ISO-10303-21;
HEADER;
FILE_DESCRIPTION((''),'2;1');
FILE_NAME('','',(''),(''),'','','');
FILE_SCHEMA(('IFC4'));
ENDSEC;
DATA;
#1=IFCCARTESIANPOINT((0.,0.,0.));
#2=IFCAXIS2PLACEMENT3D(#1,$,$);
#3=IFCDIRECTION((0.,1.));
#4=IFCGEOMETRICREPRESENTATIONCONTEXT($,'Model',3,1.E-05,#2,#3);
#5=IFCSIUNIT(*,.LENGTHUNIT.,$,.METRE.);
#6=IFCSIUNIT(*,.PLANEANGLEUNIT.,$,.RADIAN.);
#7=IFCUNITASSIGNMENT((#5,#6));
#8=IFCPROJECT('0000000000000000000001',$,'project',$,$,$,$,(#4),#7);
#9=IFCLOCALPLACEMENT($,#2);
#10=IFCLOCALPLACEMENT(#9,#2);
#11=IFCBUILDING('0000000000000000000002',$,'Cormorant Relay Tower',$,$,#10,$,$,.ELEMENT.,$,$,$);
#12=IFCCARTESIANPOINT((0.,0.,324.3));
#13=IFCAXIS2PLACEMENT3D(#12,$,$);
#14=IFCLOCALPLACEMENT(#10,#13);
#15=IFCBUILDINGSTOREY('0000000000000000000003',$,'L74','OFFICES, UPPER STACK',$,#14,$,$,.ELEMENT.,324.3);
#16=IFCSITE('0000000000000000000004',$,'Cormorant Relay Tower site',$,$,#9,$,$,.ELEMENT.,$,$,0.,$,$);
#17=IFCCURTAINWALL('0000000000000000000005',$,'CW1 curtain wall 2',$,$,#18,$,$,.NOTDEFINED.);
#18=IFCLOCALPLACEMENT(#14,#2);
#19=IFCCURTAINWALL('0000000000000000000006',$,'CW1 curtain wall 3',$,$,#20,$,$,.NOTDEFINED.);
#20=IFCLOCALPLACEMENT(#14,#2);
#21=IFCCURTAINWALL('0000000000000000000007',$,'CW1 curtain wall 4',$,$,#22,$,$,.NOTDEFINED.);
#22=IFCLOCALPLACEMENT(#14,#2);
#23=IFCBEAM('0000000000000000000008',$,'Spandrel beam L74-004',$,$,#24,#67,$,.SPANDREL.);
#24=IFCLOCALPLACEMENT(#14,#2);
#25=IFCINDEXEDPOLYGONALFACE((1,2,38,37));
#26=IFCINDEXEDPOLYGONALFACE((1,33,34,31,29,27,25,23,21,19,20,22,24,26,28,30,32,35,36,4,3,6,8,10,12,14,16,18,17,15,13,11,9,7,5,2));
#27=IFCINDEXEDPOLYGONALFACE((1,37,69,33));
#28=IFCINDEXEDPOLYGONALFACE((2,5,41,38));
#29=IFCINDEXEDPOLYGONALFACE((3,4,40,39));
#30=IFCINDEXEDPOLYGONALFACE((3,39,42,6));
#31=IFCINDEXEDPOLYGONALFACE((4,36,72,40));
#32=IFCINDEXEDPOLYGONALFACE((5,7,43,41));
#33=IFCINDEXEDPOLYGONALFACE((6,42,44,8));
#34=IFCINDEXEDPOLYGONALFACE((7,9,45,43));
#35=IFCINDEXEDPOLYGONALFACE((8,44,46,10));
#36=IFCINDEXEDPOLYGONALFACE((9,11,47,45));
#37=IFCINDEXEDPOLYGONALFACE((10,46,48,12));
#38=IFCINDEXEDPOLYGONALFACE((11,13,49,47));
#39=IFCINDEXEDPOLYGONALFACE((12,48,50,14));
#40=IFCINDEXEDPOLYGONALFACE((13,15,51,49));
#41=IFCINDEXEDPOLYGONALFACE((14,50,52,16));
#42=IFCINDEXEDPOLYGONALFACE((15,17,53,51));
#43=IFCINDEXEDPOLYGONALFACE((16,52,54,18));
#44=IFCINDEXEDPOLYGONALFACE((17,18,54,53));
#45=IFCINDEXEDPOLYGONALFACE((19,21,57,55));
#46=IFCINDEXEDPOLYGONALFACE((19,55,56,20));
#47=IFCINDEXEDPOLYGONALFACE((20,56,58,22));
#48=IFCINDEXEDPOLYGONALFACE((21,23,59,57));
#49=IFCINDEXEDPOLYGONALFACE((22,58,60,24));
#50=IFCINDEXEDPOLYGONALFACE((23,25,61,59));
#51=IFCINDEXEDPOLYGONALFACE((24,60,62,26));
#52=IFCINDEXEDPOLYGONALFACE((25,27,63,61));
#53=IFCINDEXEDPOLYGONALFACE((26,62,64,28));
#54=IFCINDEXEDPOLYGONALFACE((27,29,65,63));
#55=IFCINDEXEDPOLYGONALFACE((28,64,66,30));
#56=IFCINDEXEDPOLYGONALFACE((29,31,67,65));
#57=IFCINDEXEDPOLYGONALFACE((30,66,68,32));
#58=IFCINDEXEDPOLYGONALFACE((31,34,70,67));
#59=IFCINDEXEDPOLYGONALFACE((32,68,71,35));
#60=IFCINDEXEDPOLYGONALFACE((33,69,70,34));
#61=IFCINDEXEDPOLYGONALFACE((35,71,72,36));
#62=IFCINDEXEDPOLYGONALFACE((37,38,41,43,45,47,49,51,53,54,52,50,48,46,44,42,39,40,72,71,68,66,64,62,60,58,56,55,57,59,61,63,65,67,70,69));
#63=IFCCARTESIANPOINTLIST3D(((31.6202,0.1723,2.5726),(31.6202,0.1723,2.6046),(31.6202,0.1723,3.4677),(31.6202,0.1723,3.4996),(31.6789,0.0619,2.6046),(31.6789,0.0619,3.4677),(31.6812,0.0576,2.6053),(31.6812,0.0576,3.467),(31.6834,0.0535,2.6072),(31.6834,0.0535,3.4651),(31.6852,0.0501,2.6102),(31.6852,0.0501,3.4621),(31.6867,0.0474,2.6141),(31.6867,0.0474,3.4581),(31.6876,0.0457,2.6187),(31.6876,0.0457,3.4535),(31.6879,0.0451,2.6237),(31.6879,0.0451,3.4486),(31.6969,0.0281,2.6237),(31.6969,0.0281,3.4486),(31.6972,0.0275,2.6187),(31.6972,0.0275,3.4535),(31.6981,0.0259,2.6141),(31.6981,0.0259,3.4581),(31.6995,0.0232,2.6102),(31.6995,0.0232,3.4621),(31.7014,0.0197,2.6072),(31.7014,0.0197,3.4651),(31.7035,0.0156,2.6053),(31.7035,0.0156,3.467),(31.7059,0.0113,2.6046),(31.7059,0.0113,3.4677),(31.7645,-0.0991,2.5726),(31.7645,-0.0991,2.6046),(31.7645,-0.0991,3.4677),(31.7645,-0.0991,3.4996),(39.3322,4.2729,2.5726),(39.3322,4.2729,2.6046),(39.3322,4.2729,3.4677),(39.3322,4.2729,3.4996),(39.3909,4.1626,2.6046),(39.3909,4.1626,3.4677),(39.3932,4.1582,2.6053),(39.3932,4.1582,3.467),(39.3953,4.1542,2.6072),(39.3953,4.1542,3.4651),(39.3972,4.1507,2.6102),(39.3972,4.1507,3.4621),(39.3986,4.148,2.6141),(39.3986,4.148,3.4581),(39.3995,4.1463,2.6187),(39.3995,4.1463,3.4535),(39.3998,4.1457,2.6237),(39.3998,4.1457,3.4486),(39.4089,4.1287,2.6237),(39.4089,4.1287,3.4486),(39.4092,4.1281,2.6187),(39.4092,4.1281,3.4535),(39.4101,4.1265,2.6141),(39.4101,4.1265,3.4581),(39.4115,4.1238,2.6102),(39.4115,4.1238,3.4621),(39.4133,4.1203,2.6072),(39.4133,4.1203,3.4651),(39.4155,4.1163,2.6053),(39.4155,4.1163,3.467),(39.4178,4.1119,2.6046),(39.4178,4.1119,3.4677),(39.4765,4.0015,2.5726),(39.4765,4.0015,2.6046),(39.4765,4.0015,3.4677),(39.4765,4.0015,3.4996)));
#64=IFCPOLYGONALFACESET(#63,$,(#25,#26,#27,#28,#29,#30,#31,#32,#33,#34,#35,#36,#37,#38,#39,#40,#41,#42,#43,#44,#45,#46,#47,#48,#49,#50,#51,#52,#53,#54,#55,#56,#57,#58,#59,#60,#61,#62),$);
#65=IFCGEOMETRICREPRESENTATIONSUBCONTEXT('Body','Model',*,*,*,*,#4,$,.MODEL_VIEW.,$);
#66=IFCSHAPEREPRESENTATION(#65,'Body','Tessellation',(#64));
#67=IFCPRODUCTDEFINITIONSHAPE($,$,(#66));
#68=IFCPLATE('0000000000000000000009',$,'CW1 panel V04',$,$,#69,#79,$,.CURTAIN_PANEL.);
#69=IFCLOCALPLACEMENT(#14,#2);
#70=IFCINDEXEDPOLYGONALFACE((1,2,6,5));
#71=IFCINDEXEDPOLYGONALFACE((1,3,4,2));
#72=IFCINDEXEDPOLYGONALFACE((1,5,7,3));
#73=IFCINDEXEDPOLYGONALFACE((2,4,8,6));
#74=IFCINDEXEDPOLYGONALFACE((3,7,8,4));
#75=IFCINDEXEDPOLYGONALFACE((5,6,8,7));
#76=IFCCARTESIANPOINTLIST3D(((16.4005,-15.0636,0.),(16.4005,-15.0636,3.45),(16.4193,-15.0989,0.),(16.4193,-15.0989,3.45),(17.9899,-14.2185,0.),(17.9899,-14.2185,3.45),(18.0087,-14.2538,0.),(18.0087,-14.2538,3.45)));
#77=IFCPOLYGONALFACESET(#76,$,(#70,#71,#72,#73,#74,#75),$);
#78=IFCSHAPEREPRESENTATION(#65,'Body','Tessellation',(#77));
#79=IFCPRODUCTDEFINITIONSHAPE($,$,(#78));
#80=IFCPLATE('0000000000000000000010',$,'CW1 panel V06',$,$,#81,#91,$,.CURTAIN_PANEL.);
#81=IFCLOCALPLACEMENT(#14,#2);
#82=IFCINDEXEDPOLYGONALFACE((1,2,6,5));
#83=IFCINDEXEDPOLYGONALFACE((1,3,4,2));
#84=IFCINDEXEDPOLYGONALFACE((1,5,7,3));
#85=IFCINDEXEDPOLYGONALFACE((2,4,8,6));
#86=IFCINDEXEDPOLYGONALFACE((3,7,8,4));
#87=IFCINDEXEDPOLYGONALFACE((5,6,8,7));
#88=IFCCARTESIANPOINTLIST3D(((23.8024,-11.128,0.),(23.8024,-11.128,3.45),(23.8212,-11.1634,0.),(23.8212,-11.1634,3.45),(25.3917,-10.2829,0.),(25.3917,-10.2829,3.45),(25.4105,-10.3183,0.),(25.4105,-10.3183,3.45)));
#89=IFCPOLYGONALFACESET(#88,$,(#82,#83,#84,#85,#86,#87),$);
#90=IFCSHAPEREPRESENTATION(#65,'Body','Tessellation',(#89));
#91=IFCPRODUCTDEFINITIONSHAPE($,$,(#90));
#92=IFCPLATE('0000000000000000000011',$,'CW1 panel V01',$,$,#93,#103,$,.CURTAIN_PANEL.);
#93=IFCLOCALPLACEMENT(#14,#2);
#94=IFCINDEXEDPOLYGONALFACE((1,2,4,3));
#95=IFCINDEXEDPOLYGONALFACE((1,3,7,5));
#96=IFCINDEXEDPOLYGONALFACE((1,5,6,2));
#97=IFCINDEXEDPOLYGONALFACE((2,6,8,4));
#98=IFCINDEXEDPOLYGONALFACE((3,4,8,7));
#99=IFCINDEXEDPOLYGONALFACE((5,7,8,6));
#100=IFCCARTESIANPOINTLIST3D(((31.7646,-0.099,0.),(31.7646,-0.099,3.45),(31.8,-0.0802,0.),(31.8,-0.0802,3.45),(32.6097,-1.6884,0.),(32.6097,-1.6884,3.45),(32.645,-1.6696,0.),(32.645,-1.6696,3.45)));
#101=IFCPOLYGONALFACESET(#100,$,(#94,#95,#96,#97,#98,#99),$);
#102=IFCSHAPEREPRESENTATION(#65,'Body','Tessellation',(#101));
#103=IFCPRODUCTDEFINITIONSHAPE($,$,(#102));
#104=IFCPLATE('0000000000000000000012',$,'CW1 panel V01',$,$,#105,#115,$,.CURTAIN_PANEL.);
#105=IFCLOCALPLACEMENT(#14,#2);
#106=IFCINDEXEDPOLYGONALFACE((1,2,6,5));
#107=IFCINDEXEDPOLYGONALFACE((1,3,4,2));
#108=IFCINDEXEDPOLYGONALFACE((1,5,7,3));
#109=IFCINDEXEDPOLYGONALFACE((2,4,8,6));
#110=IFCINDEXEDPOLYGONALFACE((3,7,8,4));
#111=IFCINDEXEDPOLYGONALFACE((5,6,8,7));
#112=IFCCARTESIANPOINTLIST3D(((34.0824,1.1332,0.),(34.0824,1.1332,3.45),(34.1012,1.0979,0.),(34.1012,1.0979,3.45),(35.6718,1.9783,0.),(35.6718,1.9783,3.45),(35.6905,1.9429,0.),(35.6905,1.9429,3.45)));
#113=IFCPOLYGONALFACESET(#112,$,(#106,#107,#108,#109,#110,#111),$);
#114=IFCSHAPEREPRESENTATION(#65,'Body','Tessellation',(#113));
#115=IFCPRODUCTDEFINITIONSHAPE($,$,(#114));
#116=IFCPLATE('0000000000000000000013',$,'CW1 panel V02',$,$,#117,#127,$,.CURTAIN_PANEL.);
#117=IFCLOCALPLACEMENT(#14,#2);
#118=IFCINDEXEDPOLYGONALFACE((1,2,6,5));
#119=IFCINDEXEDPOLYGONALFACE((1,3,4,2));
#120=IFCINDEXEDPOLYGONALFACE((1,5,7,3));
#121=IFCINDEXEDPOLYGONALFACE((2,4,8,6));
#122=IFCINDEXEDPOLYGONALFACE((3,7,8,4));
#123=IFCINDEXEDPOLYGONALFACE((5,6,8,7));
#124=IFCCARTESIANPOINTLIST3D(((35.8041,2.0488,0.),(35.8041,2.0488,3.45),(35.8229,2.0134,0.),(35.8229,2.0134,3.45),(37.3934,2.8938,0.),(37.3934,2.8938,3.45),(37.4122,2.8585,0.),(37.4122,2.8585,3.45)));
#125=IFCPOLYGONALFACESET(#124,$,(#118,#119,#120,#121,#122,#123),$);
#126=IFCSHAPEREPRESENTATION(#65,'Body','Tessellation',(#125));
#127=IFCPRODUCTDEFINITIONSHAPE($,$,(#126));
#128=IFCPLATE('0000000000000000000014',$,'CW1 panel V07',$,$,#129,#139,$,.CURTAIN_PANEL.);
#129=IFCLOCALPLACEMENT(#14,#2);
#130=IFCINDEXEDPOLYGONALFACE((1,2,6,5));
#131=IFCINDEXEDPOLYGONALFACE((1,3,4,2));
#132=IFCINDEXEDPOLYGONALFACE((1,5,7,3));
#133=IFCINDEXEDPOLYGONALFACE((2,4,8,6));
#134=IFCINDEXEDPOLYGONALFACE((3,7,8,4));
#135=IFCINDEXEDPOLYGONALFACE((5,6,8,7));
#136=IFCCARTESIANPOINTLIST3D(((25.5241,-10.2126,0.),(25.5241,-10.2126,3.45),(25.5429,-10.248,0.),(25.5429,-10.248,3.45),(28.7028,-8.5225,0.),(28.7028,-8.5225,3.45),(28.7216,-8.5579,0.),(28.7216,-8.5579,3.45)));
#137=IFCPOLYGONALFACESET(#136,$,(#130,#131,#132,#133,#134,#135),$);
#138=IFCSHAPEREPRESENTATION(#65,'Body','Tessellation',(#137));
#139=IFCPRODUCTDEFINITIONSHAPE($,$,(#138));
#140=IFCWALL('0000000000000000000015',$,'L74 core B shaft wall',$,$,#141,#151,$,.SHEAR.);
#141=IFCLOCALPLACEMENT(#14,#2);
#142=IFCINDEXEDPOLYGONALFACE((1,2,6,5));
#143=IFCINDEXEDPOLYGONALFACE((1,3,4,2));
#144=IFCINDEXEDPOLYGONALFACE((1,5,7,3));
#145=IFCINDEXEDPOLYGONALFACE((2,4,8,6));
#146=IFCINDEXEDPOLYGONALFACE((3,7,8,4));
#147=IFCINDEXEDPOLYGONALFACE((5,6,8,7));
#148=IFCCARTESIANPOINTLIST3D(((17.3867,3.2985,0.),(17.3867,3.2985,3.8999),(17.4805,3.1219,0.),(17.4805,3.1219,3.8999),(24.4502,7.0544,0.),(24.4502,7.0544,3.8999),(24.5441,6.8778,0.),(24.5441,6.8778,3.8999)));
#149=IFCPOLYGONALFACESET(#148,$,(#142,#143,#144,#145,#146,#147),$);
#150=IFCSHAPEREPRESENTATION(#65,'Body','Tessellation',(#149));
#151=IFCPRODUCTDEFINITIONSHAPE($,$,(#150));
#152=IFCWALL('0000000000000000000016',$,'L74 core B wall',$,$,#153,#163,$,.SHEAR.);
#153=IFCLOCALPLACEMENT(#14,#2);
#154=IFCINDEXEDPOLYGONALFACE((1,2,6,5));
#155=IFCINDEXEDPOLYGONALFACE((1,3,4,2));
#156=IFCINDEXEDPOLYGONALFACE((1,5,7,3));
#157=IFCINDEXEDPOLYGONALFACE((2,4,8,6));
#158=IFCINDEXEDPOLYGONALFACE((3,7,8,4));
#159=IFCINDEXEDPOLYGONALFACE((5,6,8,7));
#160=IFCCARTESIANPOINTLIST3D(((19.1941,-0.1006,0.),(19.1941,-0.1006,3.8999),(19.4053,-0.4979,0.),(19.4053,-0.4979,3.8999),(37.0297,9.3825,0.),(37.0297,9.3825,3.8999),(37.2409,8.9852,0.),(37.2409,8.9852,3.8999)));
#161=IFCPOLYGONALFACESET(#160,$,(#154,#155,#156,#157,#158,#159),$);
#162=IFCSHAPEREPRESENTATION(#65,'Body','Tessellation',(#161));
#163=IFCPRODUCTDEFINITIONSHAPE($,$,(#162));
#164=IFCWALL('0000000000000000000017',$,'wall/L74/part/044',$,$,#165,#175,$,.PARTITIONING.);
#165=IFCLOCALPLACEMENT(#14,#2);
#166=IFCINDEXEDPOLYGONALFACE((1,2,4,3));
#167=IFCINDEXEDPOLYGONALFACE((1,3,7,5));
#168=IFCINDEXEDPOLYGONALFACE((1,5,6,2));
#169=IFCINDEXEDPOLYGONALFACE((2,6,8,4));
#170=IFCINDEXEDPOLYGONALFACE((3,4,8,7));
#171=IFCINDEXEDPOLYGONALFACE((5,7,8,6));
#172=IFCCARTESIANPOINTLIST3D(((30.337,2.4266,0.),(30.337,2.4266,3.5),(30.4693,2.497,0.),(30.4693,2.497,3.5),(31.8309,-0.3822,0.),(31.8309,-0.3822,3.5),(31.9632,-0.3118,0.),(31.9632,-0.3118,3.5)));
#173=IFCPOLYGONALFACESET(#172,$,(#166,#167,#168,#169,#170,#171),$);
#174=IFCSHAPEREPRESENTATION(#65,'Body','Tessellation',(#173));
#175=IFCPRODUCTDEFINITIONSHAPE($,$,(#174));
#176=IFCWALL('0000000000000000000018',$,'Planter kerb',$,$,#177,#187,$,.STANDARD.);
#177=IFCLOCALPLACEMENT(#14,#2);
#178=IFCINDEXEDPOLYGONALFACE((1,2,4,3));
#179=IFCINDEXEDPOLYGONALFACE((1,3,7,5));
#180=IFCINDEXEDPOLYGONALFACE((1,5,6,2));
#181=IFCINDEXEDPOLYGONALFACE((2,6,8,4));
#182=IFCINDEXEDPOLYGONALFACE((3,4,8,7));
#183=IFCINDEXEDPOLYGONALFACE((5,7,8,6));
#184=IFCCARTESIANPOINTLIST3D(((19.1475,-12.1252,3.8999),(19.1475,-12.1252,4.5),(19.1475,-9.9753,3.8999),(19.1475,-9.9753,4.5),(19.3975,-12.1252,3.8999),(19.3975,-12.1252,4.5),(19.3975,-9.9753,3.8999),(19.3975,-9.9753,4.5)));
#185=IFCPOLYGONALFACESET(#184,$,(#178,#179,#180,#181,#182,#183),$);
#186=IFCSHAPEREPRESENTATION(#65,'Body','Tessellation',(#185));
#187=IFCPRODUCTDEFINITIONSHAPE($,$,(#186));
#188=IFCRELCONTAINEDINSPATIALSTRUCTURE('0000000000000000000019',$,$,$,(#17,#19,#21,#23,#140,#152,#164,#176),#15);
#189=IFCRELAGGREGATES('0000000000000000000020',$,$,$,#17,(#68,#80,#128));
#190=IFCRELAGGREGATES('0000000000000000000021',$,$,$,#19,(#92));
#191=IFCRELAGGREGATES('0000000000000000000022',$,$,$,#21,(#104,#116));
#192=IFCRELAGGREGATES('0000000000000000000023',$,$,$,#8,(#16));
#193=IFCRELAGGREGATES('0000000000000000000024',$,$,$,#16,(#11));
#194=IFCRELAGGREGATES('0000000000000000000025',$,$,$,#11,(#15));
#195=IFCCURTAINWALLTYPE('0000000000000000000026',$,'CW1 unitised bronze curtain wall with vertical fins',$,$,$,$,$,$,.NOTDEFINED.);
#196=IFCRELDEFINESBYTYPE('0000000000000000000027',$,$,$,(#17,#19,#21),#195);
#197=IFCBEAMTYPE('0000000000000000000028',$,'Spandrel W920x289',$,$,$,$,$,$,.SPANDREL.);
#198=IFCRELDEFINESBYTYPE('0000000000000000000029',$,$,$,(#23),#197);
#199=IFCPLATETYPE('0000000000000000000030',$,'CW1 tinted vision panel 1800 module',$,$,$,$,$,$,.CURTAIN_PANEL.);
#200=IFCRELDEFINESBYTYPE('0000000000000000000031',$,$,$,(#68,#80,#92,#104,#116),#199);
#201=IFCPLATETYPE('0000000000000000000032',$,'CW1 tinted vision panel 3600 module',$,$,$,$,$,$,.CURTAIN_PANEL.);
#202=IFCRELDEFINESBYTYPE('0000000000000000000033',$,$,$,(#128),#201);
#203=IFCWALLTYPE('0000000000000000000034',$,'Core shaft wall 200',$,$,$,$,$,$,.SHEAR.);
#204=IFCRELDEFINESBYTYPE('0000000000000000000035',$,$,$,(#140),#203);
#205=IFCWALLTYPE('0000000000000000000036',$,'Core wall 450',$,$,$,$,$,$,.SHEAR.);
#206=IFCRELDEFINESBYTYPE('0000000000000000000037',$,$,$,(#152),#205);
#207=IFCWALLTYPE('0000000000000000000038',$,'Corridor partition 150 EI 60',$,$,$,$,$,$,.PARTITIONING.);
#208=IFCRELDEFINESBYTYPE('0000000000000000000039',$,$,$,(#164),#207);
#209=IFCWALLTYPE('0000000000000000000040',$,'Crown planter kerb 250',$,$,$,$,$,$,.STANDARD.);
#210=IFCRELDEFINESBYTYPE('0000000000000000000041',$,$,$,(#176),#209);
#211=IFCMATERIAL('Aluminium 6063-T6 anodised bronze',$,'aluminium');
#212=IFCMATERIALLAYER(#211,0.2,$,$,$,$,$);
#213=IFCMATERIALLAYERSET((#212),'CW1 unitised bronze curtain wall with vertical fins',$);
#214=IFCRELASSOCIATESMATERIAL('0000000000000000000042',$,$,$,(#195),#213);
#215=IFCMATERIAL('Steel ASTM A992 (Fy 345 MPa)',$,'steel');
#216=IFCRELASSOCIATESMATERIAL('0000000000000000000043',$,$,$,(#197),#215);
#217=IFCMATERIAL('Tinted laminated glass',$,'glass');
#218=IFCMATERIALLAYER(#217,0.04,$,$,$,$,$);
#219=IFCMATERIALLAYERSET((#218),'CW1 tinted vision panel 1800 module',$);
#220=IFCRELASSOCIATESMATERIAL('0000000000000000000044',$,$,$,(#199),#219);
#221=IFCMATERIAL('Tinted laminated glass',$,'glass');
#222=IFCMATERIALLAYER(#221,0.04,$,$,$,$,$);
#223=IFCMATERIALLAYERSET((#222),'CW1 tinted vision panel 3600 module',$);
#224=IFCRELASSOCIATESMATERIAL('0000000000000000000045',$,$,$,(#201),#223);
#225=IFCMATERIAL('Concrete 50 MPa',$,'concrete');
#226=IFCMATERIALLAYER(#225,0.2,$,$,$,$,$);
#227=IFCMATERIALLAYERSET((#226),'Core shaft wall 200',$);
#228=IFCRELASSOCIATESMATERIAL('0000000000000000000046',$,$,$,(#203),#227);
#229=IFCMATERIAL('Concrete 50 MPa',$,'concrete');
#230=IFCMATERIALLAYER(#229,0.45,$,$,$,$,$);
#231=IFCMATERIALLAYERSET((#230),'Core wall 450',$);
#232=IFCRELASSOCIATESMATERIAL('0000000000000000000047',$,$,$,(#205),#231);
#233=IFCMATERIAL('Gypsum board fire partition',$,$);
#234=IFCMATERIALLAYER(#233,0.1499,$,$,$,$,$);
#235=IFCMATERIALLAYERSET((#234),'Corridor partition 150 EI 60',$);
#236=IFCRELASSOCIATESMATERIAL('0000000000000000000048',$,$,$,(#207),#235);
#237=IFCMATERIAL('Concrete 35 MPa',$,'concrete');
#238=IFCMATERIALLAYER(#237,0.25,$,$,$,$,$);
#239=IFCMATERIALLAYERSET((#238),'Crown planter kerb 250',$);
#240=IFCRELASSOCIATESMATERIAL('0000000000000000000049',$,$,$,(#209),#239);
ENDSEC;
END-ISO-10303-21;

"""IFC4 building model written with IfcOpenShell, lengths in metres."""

from ifc_helpers import new_model, si_unit, direction, frame, frame_2d, origin, origin_2d, place, context, subcontext, project, spatial, rectangle, i_section, extrude, material, layer, layer_set, material_profile, profile_set, type_object, element, aggregate, save


model = new_model("IFC4")

# Units and contexts
model_context = context("Model", 3, precision=1e-05, world=origin(), true_north=direction((0.0, 1.0)))
body_context = subcontext(model_context, "Body", "Model", "MODEL_VIEW")
ifc_project = project(units=[si_unit("LENGTHUNIT", "METRE"), si_unit("PLANEANGLEUNIT", "RADIAN")], contexts=[model_context])

# Site, building, storey
site_placement = place(None, origin())
site = spatial("IfcSite", under=ifc_project, at=site_placement, Name="Cormorant Relay Tower site", CompositionType="ELEMENT", RefElevation=0.0)
building_placement = place(site_placement, origin())
building = spatial("IfcBuilding", under=site, at=building_placement, Name="Cormorant Relay Tower", CompositionType="ELEMENT")
storey_placement = place(building_placement, frame((0.0, 0.0, 324.3)))
storey = spatial("IfcBuildingStorey", under=building, at=storey_placement, Name="L74", Description="OFFICES, UPPER STACK", CompositionType="ELEMENT", Elevation=324.3)

# Curtain wall
ifc_material_1 = material(Name="Aluminium 6063-T6 anodised bronze", Category="aluminium")
ifc_layer_1 = layer(ifc_material_1, 0.2)
ifc_layer_set_1 = layer_set([ifc_layer_1], Name="CW1 unitised bronze curtain wall with vertical fins")
curtain_wall_type = type_object("IfcCurtainWallType", Name="CW1 unitised bronze curtain wall with vertical fins", PredefinedType="NOTDEFINED", material=ifc_layer_set_1)
curtain_wall_1_placement = place(storey_placement, origin())
curtain_wall_1 = element("IfcCurtainWall", 1, at=curtain_wall_1_placement, inside=storey, type_object=curtain_wall_type, Name="CW1 curtain wall 2", PredefinedType="NOTDEFINED")

# Curtain wall
curtain_wall_2_placement = place(storey_placement, origin())
curtain_wall_2 = element("IfcCurtainWall", 2, at=curtain_wall_2_placement, inside=storey, type_object=curtain_wall_type, Name="CW1 curtain wall 3", PredefinedType="NOTDEFINED")

# Curtain wall
curtain_wall_3_placement = place(storey_placement, origin())
curtain_wall_3 = element("IfcCurtainWall", 3, at=curtain_wall_3_placement, inside=storey, type_object=curtain_wall_type, Name="CW1 curtain wall 4", PredefinedType="NOTDEFINED")

# Beam
ifc_material_2 = material(Name="Steel ASTM A992 (Fy 345 MPa)", Category="steel")
ifc_material_profile_1 = material_profile(ifc_material_2, i_section(OverallWidth=0.3074, OverallDepth=0.927, WebThickness=0.0193, FlangeThickness=0.032, FilletRadius=0.019, at=origin_2d()), Name="W920x289")
ifc_profile_set_1 = profile_set([ifc_material_profile_1], Name="Steel ASTM A992 (Fy 345 MPa)")
beam_type = type_object("IfcBeamType", Name="Spandrel W920x289", PredefinedType="SPANDREL", material=ifc_profile_set_1)
beam_1_placement = place(storey_placement, frame((31.6924, 0.0366, 3.0361), z_axis=(0.882943, 0.469479, 0.0), x_axis=(-0.469479, 0.882943, 0.0)))
element("IfcBeam", 4, at=beam_1_placement, inside=storey, type_object=beam_type, Name="Spandrel beam L74-004", PredefinedType="SPANDREL", context=body_context, shape_type="SweptSolid", body=[
    extrude(i_section(OverallWidth=0.3074, OverallDepth=0.927, WebThickness=0.0193, FlangeThickness=0.032, FilletRadius=0.019, at=origin_2d()), origin(), (0.0, 0.0, 1.0), 8.7344),
])

# Plates
ifc_material_3 = material(Name="Tinted laminated glass", Category="glass")
ifc_layer_2 = layer(ifc_material_3, 0.04)
ifc_layer_set_2 = layer_set([ifc_layer_2], Name="CW1 tinted vision panel 1800 module")
plate_type_1 = type_object("IfcPlateType", Name="CW1 tinted vision panel 1800 module", PredefinedType="CURTAIN_PANEL", material=ifc_layer_set_2)
plate_1_placement = place(storey_placement, frame((17.2046, -14.6587, 0.0), z_axis=(0.0, 0.0, 1.0), x_axis=(0.882948, 0.469472, 0.0)))
plate_1 = element("IfcPlate", 5, at=plate_1_placement, type_object=plate_type_1, Name="CW1 panel V04", PredefinedType="CURTAIN_PANEL", context=body_context, shape_type="SweptSolid", body=[
    extrude(rectangle(XDim=1.8, YDim=0.04, at=origin_2d()), origin(), (0.0, 0.0, 1.0), 3.45),
])
plate_2_placement = place(storey_placement, frame((24.6064, -10.7231, 0.0), z_axis=(0.0, 0.0, 1.0), x_axis=(0.882948, 0.469472, 0.0)))
plate_2 = element("IfcPlate", 6, at=plate_2_placement, type_object=plate_type_1, Name="CW1 panel V06", PredefinedType="CURTAIN_PANEL", context=body_context, shape_type="SweptSolid", body=[
    extrude(rectangle(XDim=1.8, YDim=0.04, at=origin_2d()), origin(), (0.0, 0.0, 1.0), 3.45),
])
plate_3_placement = place(storey_placement, frame((32.2048, -0.8843, 0.0), z_axis=(0.0, 0.0, 1.0), x_axis=(-0.469472, 0.882948, 0.0)))
plate_3 = element("IfcPlate", 7, at=plate_3_placement, type_object=plate_type_1, Name="CW1 panel V01", PredefinedType="CURTAIN_PANEL", context=body_context, shape_type="SweptSolid", body=[
    extrude(rectangle(XDim=1.8, YDim=0.04, at=origin_2d()), origin(), (0.0, 0.0, 1.0), 3.45),
])
plate_4_placement = place(storey_placement, frame((34.8865, 1.5381, 0.0), z_axis=(0.0, 0.0, 1.0), x_axis=(0.882948, 0.469472, 0.0)))
plate_4 = element("IfcPlate", 8, at=plate_4_placement, type_object=plate_type_1, Name="CW1 panel V01", PredefinedType="CURTAIN_PANEL", context=body_context, shape_type="SweptSolid", body=[
    extrude(rectangle(XDim=1.8, YDim=0.04, at=origin_2d()), origin(), (0.0, 0.0, 1.0), 3.45),
])
plate_5_placement = place(storey_placement, frame((36.6082, 2.4536, 0.0), z_axis=(0.0, 0.0, 1.0), x_axis=(0.882948, 0.469472, 0.0)))
plate_5 = element("IfcPlate", 9, at=plate_5_placement, type_object=plate_type_1, Name="CW1 panel V02", PredefinedType="CURTAIN_PANEL", context=body_context, shape_type="SweptSolid", body=[
    extrude(rectangle(XDim=1.8, YDim=0.04, at=origin_2d()), origin(), (0.0, 0.0, 1.0), 3.45),
])
ifc_material_4 = material(Name="Tinted laminated glass", Category="glass")
ifc_layer_3 = layer(ifc_material_4, 0.04)
ifc_layer_set_3 = layer_set([ifc_layer_3], Name="CW1 tinted vision panel 3600 module")
plate_type_2 = type_object("IfcPlateType", Name="CW1 tinted vision panel 3600 module", PredefinedType="CURTAIN_PANEL", material=ifc_layer_set_3)
plate_6_placement = place(storey_placement, frame((27.1228, -9.3853, 0.0), z_axis=(0.0, 0.0, 1.0), x_axis=(0.882948, 0.469472, 0.0)))
plate_6 = element("IfcPlate", 10, at=plate_6_placement, type_object=plate_type_2, Name="CW1 panel V07", PredefinedType="CURTAIN_PANEL", context=body_context, shape_type="SweptSolid", body=[
    extrude(rectangle(XDim=3.6001, YDim=0.04, at=origin_2d()), origin(), (0.0, 0.0, 1.0), 3.45),
])

# Wall
ifc_material_5 = material(Name="Concrete 50 MPa", Category="concrete")
ifc_layer_4 = layer(ifc_material_5, 0.2)
ifc_layer_set_4 = layer_set([ifc_layer_4], Name="Core shaft wall 200")
wall_type_1 = type_object("IfcWallType", Name="Core shaft wall 200", PredefinedType="SHEAR", material=ifc_layer_set_4)
wall_1_placement = place(storey_placement, frame((17.4336, 3.2102, 0.0), z_axis=(0.0, 0.0, 1.0), x_axis=(0.88294, 0.469485, 0.0)))
element("IfcWall", 11, at=wall_1_placement, inside=storey, type_object=wall_type_1, Name="L74 core B shaft wall", PredefinedType="SHEAR", context=body_context, shape_type="SweptSolid", body=[
    extrude(rectangle(XDim=8.0, YDim=0.2, at=frame_2d((4.0, 0.0))), origin(), (0.0, 0.0, 1.0), 3.8999),
])

# Shared definitions
ifc_material_6 = material(Name="Concrete 50 MPa", Category="concrete")
ifc_layer_5 = layer(ifc_material_6, 0.45)
ifc_layer_set_5 = layer_set([ifc_layer_5], Name="Core wall 450")
wall_type_2 = type_object("IfcWallType", Name="Core wall 450", PredefinedType="SHEAR", material=ifc_layer_set_5)

# Walls
wall_2_placement = place(storey_placement, frame((19.2996, -0.2993, 0.0), z_axis=(0.0, 0.0, 1.0), x_axis=(0.882953, 0.469462, 0.0)))
element("IfcWall", 12, at=wall_2_placement, inside=storey, type_object=wall_type_2, Name="L74 core B wall", PredefinedType="SHEAR", context=body_context, shape_type="SweptSolid", body=[
    extrude(rectangle(XDim=20.2, YDim=0.45, at=frame_2d((10.1001, 0.0))), origin(), (0.0, 0.0, 1.0), 3.8999),
])
ifc_material_7 = material(Name="Gypsum board fire partition")
ifc_layer_6 = layer(ifc_material_7, 0.1499)
ifc_layer_set_6 = layer_set([ifc_layer_6], Name="Corridor partition 150 EI 60")
wall_type_3 = type_object("IfcWallType", Name="Corridor partition 150 EI 60", PredefinedType="PARTITIONING", material=ifc_layer_set_6)
wall_3_placement = place(storey_placement, frame((30.4031, 2.4619, 0.0), z_axis=(0.0, 0.0, 1.0), x_axis=(0.469572, -0.882894, 0.0)))
element("IfcWall", 13, at=wall_3_placement, inside=storey, type_object=wall_type_3, Name="wall/L74/part/044", PredefinedType="PARTITIONING", context=body_context, shape_type="SweptSolid", body=[
    extrude(rectangle(XDim=3.1814, YDim=0.1499, at=frame_2d((1.5908, 0.0))), origin(), (0.0, 0.0, 1.0), 3.5),
])
ifc_material_8 = material(Name="Concrete 35 MPa", Category="concrete")
ifc_layer_7 = layer(ifc_material_8, 0.25)
ifc_layer_set_7 = layer_set([ifc_layer_7], Name="Crown planter kerb 250")
wall_type_4 = type_object("IfcWallType", Name="Crown planter kerb 250", PredefinedType="STANDARD", material=ifc_layer_set_7)
wall_4_placement = place(storey_placement, frame((19.2725, -9.9753, 3.8999), z_axis=(0.0, 0.0, 1.0), x_axis=(0.0, -1.0, 0.0)))
element("IfcWall", 14, at=wall_4_placement, inside=storey, type_object=wall_type_4, Name="Planter kerb", PredefinedType="STANDARD", context=body_context, shape_type="SweptSolid", body=[
    extrude(rectangle(XDim=2.1499, YDim=0.25, at=frame_2d((1.075, 0.0))), origin(), (0.0, 0.0, 1.0), 0.6001),
])

aggregate(curtain_wall_1, [plate_1, plate_2, plate_6])
aggregate(curtain_wall_2, [plate_3])
aggregate(curtain_wall_3, [plate_4, plate_5])

save(model, "model.ifc")
